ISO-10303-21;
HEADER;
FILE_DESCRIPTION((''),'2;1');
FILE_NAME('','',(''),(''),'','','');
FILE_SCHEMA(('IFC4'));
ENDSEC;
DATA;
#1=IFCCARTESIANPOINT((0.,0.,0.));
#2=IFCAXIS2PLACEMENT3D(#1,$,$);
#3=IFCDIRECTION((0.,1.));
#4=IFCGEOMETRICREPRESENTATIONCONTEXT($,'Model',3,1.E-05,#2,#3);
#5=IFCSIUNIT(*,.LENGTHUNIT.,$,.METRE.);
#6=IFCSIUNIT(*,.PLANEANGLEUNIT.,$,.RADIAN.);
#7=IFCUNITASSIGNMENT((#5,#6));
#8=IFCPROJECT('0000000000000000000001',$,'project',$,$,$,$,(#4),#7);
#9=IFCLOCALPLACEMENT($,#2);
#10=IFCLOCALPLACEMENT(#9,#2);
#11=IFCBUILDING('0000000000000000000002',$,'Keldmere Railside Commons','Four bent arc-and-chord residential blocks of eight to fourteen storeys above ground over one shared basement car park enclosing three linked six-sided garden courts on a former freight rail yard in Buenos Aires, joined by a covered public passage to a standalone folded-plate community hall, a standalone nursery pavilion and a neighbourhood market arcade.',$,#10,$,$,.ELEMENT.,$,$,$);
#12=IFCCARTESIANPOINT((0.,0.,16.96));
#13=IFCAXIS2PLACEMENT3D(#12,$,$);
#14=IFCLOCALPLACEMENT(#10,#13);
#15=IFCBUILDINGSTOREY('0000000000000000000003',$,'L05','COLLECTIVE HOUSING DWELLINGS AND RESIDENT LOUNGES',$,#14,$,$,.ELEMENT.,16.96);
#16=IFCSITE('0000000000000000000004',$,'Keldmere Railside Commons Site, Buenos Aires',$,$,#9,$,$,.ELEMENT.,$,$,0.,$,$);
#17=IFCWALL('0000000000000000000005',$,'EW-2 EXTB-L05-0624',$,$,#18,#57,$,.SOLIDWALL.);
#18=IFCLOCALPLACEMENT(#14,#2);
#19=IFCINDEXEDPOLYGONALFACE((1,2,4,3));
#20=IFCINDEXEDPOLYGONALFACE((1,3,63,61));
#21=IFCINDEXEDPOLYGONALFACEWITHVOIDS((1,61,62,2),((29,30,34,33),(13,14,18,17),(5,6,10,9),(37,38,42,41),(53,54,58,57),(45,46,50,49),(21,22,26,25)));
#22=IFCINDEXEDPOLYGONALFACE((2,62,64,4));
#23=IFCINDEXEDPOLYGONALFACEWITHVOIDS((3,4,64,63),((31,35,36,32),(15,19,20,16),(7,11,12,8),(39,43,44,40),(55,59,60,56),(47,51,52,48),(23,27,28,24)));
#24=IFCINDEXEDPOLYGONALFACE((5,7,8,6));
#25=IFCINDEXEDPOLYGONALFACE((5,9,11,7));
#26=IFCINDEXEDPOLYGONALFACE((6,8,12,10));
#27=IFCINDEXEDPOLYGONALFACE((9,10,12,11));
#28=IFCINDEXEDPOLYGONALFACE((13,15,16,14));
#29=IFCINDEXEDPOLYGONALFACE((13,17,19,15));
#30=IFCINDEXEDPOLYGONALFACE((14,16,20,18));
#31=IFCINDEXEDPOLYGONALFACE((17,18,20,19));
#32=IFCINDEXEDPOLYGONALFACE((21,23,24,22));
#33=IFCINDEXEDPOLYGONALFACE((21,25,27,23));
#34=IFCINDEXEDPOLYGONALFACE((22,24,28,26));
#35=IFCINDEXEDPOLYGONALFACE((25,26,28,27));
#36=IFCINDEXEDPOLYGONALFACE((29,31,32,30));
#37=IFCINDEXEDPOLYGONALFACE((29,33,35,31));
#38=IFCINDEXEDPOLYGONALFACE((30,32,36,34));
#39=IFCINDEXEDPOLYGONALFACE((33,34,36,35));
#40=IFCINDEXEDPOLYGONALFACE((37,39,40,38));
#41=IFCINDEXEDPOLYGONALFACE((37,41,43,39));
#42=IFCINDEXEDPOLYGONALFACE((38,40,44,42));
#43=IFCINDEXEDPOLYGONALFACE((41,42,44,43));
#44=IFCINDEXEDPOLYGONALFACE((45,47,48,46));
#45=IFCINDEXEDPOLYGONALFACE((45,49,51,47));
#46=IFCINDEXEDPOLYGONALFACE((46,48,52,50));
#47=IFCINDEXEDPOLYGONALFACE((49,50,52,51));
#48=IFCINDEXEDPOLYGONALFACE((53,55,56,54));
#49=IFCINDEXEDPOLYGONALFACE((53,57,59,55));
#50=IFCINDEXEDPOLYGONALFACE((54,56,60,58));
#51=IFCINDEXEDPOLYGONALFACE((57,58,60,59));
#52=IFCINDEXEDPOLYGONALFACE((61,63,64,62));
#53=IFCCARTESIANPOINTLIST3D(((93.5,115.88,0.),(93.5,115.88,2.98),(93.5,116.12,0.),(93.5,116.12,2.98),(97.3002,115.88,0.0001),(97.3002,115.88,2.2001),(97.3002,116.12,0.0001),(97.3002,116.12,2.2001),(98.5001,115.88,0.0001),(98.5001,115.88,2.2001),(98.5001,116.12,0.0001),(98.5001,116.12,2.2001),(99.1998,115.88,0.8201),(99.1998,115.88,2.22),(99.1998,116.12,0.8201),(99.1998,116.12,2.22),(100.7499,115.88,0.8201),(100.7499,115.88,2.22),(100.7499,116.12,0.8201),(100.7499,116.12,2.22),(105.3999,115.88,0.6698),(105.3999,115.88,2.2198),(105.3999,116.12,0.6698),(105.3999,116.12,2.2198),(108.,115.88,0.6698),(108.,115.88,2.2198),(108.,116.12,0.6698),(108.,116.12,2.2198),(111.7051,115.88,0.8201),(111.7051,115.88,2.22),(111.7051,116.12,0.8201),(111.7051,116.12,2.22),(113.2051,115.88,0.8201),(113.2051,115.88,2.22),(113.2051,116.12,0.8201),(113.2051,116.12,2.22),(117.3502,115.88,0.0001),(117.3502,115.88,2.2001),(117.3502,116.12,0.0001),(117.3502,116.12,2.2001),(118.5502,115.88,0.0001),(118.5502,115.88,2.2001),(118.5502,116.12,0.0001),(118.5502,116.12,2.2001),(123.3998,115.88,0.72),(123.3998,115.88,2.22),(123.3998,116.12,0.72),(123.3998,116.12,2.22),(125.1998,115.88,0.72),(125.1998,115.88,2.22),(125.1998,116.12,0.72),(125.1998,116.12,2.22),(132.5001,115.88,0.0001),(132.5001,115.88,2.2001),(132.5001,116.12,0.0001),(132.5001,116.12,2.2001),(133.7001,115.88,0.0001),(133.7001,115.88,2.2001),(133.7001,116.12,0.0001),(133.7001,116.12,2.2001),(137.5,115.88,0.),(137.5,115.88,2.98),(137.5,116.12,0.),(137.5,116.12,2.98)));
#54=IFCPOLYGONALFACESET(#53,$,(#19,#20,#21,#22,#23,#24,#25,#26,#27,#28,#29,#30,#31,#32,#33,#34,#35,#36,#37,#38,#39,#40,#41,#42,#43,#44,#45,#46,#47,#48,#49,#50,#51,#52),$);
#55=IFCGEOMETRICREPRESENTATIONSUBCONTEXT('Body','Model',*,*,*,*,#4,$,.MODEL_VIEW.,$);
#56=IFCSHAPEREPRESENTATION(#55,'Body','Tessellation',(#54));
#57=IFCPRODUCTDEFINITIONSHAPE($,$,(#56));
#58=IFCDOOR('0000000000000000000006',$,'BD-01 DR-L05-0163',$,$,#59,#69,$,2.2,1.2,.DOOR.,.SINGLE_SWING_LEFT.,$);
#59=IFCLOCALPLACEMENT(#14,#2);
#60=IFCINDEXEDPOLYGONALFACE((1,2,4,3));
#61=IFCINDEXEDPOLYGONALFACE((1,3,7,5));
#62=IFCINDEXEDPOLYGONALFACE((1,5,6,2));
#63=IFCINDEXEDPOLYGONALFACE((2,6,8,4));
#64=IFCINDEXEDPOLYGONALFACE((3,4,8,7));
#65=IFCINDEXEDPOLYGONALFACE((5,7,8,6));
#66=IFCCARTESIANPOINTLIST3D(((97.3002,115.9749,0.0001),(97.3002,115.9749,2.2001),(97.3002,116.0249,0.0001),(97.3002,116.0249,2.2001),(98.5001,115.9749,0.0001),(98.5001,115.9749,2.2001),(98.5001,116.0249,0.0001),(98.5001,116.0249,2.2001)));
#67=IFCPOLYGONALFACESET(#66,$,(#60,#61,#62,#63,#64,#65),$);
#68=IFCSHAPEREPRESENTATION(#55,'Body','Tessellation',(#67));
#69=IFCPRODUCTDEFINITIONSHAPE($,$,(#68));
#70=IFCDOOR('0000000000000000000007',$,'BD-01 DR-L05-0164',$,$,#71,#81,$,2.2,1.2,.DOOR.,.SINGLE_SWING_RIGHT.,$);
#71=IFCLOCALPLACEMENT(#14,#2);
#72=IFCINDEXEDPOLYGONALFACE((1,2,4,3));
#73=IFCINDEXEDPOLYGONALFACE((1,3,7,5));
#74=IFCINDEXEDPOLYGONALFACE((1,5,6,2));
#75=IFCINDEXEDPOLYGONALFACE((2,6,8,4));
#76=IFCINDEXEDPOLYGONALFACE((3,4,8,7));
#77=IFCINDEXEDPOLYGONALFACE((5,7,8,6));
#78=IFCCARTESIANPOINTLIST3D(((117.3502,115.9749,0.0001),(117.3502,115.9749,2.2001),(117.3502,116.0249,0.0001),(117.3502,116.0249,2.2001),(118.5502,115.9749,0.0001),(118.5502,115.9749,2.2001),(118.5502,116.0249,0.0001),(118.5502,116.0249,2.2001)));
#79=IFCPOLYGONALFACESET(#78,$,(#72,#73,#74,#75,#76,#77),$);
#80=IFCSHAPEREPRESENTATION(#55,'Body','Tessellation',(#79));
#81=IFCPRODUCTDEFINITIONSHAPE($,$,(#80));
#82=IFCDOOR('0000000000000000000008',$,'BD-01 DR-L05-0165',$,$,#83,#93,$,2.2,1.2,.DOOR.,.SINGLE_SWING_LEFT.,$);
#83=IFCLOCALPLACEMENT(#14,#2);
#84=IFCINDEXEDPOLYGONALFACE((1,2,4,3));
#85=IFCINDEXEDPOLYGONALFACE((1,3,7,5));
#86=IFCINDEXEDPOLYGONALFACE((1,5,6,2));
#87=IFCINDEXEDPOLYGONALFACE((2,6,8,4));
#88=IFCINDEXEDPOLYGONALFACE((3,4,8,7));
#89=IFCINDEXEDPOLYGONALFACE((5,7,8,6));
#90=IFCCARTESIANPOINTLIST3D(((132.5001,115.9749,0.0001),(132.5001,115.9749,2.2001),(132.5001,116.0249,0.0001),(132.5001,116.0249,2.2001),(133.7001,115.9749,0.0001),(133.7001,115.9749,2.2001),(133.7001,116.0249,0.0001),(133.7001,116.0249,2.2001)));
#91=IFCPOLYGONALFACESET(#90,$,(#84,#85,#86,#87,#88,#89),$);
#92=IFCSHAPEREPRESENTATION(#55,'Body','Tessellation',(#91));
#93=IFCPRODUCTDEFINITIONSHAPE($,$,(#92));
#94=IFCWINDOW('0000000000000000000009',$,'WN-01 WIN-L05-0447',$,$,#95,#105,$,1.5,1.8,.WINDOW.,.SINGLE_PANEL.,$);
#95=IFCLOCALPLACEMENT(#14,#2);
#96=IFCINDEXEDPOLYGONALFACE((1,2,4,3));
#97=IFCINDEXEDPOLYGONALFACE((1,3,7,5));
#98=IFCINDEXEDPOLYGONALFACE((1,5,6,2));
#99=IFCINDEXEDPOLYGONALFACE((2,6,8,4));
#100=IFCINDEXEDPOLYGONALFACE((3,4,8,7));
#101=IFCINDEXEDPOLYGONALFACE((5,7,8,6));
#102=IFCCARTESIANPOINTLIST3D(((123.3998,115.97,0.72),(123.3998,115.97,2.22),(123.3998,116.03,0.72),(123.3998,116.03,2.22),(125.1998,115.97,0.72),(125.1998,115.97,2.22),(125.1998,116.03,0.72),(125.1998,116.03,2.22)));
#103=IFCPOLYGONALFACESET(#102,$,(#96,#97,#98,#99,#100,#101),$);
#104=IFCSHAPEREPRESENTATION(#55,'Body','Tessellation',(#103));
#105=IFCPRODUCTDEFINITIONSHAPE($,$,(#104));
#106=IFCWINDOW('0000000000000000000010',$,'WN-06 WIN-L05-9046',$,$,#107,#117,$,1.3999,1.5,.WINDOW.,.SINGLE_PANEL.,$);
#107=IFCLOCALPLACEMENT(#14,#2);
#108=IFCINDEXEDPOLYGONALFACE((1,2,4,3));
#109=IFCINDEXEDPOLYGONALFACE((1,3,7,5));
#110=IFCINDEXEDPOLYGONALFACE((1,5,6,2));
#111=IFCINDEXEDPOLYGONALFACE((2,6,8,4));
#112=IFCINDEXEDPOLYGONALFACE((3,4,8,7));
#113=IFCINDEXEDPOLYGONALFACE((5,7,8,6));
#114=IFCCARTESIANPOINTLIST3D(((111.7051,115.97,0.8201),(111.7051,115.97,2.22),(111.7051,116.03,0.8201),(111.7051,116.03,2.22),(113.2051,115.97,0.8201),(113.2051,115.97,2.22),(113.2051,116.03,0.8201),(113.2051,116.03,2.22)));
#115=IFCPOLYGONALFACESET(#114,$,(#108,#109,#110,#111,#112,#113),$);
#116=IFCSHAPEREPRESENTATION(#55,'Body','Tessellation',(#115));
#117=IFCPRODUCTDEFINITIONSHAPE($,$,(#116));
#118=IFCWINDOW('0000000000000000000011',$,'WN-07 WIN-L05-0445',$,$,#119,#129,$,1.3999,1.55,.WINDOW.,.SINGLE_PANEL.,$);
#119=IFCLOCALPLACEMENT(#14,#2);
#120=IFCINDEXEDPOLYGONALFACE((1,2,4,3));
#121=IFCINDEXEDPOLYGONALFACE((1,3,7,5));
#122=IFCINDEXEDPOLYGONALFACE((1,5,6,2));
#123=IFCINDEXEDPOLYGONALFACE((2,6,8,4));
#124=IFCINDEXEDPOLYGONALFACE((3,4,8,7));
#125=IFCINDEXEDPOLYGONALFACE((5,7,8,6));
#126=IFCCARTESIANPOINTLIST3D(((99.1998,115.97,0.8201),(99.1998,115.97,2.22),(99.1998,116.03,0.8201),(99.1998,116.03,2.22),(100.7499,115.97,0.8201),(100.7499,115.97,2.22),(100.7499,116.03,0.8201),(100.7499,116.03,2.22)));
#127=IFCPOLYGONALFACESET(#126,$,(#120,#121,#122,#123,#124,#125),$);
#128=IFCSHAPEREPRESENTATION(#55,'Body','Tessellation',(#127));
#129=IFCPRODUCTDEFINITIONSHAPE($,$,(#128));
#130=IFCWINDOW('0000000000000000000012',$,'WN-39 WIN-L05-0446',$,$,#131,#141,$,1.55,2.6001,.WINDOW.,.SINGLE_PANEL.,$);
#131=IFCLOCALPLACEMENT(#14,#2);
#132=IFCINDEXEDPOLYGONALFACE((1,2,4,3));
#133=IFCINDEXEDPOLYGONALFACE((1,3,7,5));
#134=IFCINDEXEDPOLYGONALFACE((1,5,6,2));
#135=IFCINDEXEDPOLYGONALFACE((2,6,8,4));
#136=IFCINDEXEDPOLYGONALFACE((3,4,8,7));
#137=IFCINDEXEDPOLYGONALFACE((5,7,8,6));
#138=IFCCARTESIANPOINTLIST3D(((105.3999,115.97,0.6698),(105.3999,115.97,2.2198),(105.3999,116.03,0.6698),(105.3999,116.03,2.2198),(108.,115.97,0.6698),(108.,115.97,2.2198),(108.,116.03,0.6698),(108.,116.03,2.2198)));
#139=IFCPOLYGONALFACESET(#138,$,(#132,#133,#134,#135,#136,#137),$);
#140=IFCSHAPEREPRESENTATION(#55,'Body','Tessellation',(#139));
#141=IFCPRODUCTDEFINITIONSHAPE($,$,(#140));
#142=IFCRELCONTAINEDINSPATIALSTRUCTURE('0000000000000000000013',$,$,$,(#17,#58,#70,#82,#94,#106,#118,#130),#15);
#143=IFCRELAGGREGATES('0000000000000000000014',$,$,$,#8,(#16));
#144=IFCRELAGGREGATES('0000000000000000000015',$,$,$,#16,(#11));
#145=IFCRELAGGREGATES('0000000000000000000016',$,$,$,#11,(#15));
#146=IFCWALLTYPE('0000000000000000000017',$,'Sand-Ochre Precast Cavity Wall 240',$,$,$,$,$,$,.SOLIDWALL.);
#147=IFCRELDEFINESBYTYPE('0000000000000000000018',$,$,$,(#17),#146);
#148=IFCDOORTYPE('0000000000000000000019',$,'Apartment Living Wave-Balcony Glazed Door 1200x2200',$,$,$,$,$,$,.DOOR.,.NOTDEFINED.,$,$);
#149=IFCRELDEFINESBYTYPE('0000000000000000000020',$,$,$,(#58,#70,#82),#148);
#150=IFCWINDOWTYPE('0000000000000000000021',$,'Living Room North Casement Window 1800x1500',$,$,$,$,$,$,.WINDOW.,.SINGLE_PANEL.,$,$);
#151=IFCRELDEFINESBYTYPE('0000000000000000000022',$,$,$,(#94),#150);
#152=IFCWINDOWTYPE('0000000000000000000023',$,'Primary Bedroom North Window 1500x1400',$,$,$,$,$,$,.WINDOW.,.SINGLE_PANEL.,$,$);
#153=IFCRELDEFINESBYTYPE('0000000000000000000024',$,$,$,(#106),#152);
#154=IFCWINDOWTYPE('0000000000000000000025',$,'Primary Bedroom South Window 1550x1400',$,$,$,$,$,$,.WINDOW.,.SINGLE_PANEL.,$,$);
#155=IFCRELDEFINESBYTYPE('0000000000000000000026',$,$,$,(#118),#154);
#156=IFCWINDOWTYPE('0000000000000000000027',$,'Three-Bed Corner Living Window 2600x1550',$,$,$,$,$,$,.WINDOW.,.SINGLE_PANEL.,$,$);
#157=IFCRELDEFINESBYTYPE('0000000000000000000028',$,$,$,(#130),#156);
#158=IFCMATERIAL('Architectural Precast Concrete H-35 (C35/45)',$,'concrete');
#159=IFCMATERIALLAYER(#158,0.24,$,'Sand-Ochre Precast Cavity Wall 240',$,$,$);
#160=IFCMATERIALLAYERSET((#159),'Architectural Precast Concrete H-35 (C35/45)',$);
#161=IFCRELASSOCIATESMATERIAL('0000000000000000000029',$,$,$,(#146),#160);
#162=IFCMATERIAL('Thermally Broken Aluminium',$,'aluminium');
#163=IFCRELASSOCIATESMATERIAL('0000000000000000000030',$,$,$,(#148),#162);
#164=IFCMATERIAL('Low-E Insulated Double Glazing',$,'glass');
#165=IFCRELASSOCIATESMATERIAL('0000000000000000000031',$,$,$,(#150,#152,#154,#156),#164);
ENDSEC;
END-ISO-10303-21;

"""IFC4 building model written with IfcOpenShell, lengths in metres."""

from ifc_helpers import new_model, si_unit, direction, frame, frame_2d, origin, place, context, subcontext, project, spatial, rectangle, extrude, material, layer, layer_set, type_object, element, fill, save


model = new_model("IFC4")

# Units and contexts
model_context = context("Model", 3, precision=1e-05, world=origin(), true_north=direction((0.0, 1.0)))
body_context = subcontext(model_context, "Body", "Model", "MODEL_VIEW")
ifc_project = project(units=[si_unit("LENGTHUNIT", "METRE"), si_unit("PLANEANGLEUNIT", "RADIAN")], contexts=[model_context])

# Site, building, storey
site_placement = place(None, origin())
site = spatial("IfcSite", under=ifc_project, at=site_placement, Name="Keldmere Railside Commons Site, Buenos Aires", CompositionType="ELEMENT", RefElevation=0.0)
building_placement = place(site_placement, origin())
building = spatial("IfcBuilding", under=site, at=building_placement, Name="Keldmere Railside Commons", Description="Four bent arc-and-chord residential blocks of eight to fourteen storeys above ground over one shared basement car park enclosing three linked six-sided garden courts on a former freight rail yard in Buenos Aires, joined by a covered public passage to a standalone folded-plate community hall, a standalone nursery pavilion and a neighbourhood market arcade.", CompositionType="ELEMENT")
storey_placement = place(building_placement, frame((0.0, 0.0, 16.96)))
storey = spatial("IfcBuildingStorey", under=building, at=storey_placement, Name="L05", Description="COLLECTIVE HOUSING DWELLINGS AND RESIDENT LOUNGES", CompositionType="ELEMENT", Elevation=16.96)

# Shared definitions
ifc_material_1 = material(Name="Architectural Precast Concrete H-35 (C35/45)", Category="concrete")

# Wall, openings, doors, windows
ifc_layer_1 = layer(ifc_material_1, 0.24, Name="Sand-Ochre Precast Cavity Wall 240")
ifc_layer_set_1 = layer_set([ifc_layer_1], Name="Architectural Precast Concrete H-35 (C35/45)")
wall_type_1 = type_object("IfcWallType", Name="Sand-Ochre Precast Cavity Wall 240", PredefinedType="SOLIDWALL", material=ifc_layer_set_1)
wall_1_placement = place(storey_placement, frame((93.5, 116.0, 0.0), z_axis=(0.0, 0.0, 1.0), x_axis=(1.0, 0.0, 0.0)))
wall_1 = element("IfcWall", 1, at=wall_1_placement, inside=storey, type_object=wall_type_1, Name="EW-2 EXTB-L05-0624", PredefinedType="SOLIDWALL", context=body_context, shape_type="SweptSolid", body=[
    extrude(rectangle(XDim=44.0, YDim=0.24, at=frame_2d((22.0, 0.0))), origin(), (0.0, 0.0, 1.0), 2.98),
])
opening_1_placement = place(wall_1_placement, frame((3.8, 0.0, 0.0)))
opening_1 = element("IfcOpeningElement", 2, at=opening_1_placement, cuts=wall_1, PredefinedType="OPENING", context=body_context, shape_type="SweptSolid", body=[
    extrude(rectangle(XDim=1.2, YDim=2.2, at=frame_2d((0.6001, 1.1001))), frame((0.0, 0.1299, 0.0), z_axis=(0.0, -1.0, 0.0), x_axis=(1.0, 0.0, 0.0)), (0.0, 0.0, 1.0), 0.26),
])
opening_2_placement = place(wall_1_placement, frame((5.7, 0.0, 0.8201)))
opening_2 = element("IfcOpeningElement", 3, at=opening_2_placement, cuts=wall_1, PredefinedType="OPENING", context=body_context, shape_type="SweptSolid", body=[
    extrude(rectangle(XDim=1.55, YDim=1.3999, at=frame_2d((0.7749, 0.7))), frame((0.0, 0.1299, 0.0), z_axis=(0.0, -1.0, 0.0), x_axis=(1.0, 0.0, 0.0)), (0.0, 0.0, 1.0), 0.26),
])
opening_3_placement = place(wall_1_placement, frame((11.8999, 0.0, 0.6699)))
opening_3 = element("IfcOpeningElement", 4, at=opening_3_placement, cuts=wall_1, PredefinedType="OPENING", context=body_context, shape_type="SweptSolid", body=[
    extrude(rectangle(XDim=2.6001, YDim=1.55, at=frame_2d((1.3, 0.7749))), frame((0.0, 0.1299, 0.0), z_axis=(0.0, -1.0, 0.0), x_axis=(1.0, 0.0, 0.0)), (0.0, 0.0, 1.0), 0.26),
])
opening_4_placement = place(wall_1_placement, frame((23.8501, 0.0, 0.0)))
opening_4 = element("IfcOpeningElement", 5, at=opening_4_placement, cuts=wall_1, PredefinedType="OPENING", context=body_context, shape_type="SweptSolid", body=[
    extrude(rectangle(XDim=1.2, YDim=2.2, at=frame_2d((0.6001, 1.1001))), frame((0.0, 0.1299, 0.0), z_axis=(0.0, -1.0, 0.0), x_axis=(1.0, 0.0, 0.0)), (0.0, 0.0, 1.0), 0.26),
])
opening_5_placement = place(wall_1_placement, frame((29.8999, 0.0, 0.72)))
opening_5 = element("IfcOpeningElement", 6, at=opening_5_placement, cuts=wall_1, PredefinedType="OPENING", context=body_context, shape_type="SweptSolid", body=[
    extrude(rectangle(XDim=1.8, YDim=1.5, at=frame_2d((0.8999, 0.75))), frame((0.0, 0.1299, 0.0), z_axis=(0.0, -1.0, 0.0), x_axis=(1.0, 0.0, 0.0)), (0.0, 0.0, 1.0), 0.26),
])
opening_6_placement = place(wall_1_placement, frame((39.0, 0.0, 0.0)))
opening_6 = element("IfcOpeningElement", 7, at=opening_6_placement, cuts=wall_1, PredefinedType="OPENING", context=body_context, shape_type="SweptSolid", body=[
    extrude(rectangle(XDim=1.2, YDim=2.2, at=frame_2d((0.6001, 1.1001))), frame((0.0, 0.1299, 0.0), z_axis=(0.0, -1.0, 0.0), x_axis=(1.0, 0.0, 0.0)), (0.0, 0.0, 1.0), 0.26),
])
opening_7_placement = place(wall_1_placement, frame((18.2051, 0.0, 0.8201)))
opening_7 = element("IfcOpeningElement", 8, at=opening_7_placement, cuts=wall_1, PredefinedType="OPENING", context=body_context, shape_type="SweptSolid", body=[
    extrude(rectangle(XDim=1.5, YDim=1.3999, at=frame_2d((0.75, 0.7))), frame((0.0, 0.1299, 0.0), z_axis=(0.0, -1.0, 0.0), x_axis=(1.0, 0.0, 0.0)), (0.0, 0.0, 1.0), 0.26),
])
ifc_material_2 = material(Name="Thermally Broken Aluminium", Category="aluminium")
door_type_1 = type_object("IfcDoorType", Name="Apartment Living Wave-Balcony Glazed Door 1200x2200", OperationType="NOTDEFINED", PredefinedType="DOOR", material=ifc_material_2)
door_1_placement = place(opening_1_placement, origin())
door_1 = element("IfcDoor", 9, at=door_1_placement, inside=storey, type_object=door_type_1, Name="BD-01 DR-L05-0163", OperationType="SINGLE_SWING_LEFT", OverallHeight=2.2, OverallWidth=1.2, PredefinedType="DOOR", context=body_context, shape_type="SweptSolid", body=[
    extrude(rectangle(XDim=1.2, YDim=2.2, at=frame_2d((0.6001, 1.1001))), frame((0.0, 0.0249, 0.0), z_axis=(0.0, -1.0, 0.0), x_axis=(1.0, 0.0, 0.0)), (0.0, 0.0, 1.0), 0.05),
])
fill(opening_1, door_1)
door_2_placement = place(opening_4_placement, origin())
door_2 = element("IfcDoor", 10, at=door_2_placement, inside=storey, type_object=door_type_1, Name="BD-01 DR-L05-0164", OperationType="SINGLE_SWING_RIGHT", OverallHeight=2.2, OverallWidth=1.2, PredefinedType="DOOR", context=body_context, shape_type="SweptSolid", body=[
    extrude(rectangle(XDim=1.2, YDim=2.2, at=frame_2d((0.6001, 1.1001))), frame((0.0, 0.0249, 0.0), z_axis=(0.0, -1.0, 0.0), x_axis=(1.0, 0.0, 0.0)), (0.0, 0.0, 1.0), 0.05),
])
fill(opening_4, door_2)
door_3_placement = place(opening_6_placement, origin())
door_3 = element("IfcDoor", 11, at=door_3_placement, inside=storey, type_object=door_type_1, Name="BD-01 DR-L05-0165", OperationType="SINGLE_SWING_LEFT", OverallHeight=2.2, OverallWidth=1.2, PredefinedType="DOOR", context=body_context, shape_type="SweptSolid", body=[
    extrude(rectangle(XDim=1.2, YDim=2.2, at=frame_2d((0.6001, 1.1001))), frame((0.0, 0.0249, 0.0), z_axis=(0.0, -1.0, 0.0), x_axis=(1.0, 0.0, 0.0)), (0.0, 0.0, 1.0), 0.05),
])
fill(opening_6, door_3)
ifc_material_3 = material(Name="Low-E Insulated Double Glazing", Category="glass")
window_type_1 = type_object("IfcWindowType", Name="Living Room North Casement Window 1800x1500", PartitioningType="SINGLE_PANEL", PredefinedType="WINDOW", material=ifc_material_3)
window_1_placement = place(opening_5_placement, origin())
window_1 = element("IfcWindow", 12, at=window_1_placement, inside=storey, type_object=window_type_1, Name="WN-01 WIN-L05-0447", OverallHeight=1.5, OverallWidth=1.8, PartitioningType="SINGLE_PANEL", PredefinedType="WINDOW", context=body_context, shape_type="SweptSolid", body=[
    extrude(rectangle(XDim=1.8, YDim=1.5, at=frame_2d((0.8999, 0.75))), frame((0.0, 0.03, 0.0), z_axis=(0.0, -1.0, 0.0), x_axis=(1.0, 0.0, 0.0)), (0.0, 0.0, 1.0), 0.0601),
])
fill(opening_5, window_1)
window_type_2 = type_object("IfcWindowType", Name="Primary Bedroom North Window 1500x1400", PartitioningType="SINGLE_PANEL", PredefinedType="WINDOW", material=ifc_material_3)
window_2_placement = place(opening_7_placement, origin())
window_2 = element("IfcWindow", 13, at=window_2_placement, inside=storey, type_object=window_type_2, Name="WN-06 WIN-L05-9046", OverallHeight=1.3999, OverallWidth=1.5, PartitioningType="SINGLE_PANEL", PredefinedType="WINDOW", context=body_context, shape_type="SweptSolid", body=[
    extrude(rectangle(XDim=1.5, YDim=1.3999, at=frame_2d((0.75, 0.7))), frame((0.0, 0.03, 0.0), z_axis=(0.0, -1.0, 0.0), x_axis=(1.0, 0.0, 0.0)), (0.0, 0.0, 1.0), 0.0601),
])
fill(opening_7, window_2)
window_type_3 = type_object("IfcWindowType", Name="Primary Bedroom South Window 1550x1400", PartitioningType="SINGLE_PANEL", PredefinedType="WINDOW", material=ifc_material_3)
window_3_placement = place(opening_2_placement, origin())
window_3 = element("IfcWindow", 14, at=window_3_placement, inside=storey, type_object=window_type_3, Name="WN-07 WIN-L05-0445", OverallHeight=1.3999, OverallWidth=1.55, PartitioningType="SINGLE_PANEL", PredefinedType="WINDOW", context=body_context, shape_type="SweptSolid", body=[
    extrude(rectangle(XDim=1.55, YDim=1.3999, at=frame_2d((0.7749, 0.7))), frame((0.0, 0.03, 0.0), z_axis=(0.0, -1.0, 0.0), x_axis=(1.0, 0.0, 0.0)), (0.0, 0.0, 1.0), 0.0601),
])
fill(opening_2, window_3)
window_type_4 = type_object("IfcWindowType", Name="Three-Bed Corner Living Window 2600x1550", PartitioningType="SINGLE_PANEL", PredefinedType="WINDOW", material=ifc_material_3)
window_4_placement = place(opening_3_placement, origin())
window_4 = element("IfcWindow", 15, at=window_4_placement, inside=storey, type_object=window_type_4, Name="WN-39 WIN-L05-0446", OverallHeight=1.55, OverallWidth=2.6001, PartitioningType="SINGLE_PANEL", PredefinedType="WINDOW", context=body_context, shape_type="SweptSolid", body=[
    extrude(rectangle(XDim=2.6001, YDim=1.55, at=frame_2d((1.3, 0.7749))), frame((0.0, 0.03, 0.0), z_axis=(0.0, -1.0, 0.0), x_axis=(1.0, 0.0, 0.0)), (0.0, 0.0, 1.0), 0.0601),
])
fill(opening_3, window_4)

save(model, "model.ifc")
